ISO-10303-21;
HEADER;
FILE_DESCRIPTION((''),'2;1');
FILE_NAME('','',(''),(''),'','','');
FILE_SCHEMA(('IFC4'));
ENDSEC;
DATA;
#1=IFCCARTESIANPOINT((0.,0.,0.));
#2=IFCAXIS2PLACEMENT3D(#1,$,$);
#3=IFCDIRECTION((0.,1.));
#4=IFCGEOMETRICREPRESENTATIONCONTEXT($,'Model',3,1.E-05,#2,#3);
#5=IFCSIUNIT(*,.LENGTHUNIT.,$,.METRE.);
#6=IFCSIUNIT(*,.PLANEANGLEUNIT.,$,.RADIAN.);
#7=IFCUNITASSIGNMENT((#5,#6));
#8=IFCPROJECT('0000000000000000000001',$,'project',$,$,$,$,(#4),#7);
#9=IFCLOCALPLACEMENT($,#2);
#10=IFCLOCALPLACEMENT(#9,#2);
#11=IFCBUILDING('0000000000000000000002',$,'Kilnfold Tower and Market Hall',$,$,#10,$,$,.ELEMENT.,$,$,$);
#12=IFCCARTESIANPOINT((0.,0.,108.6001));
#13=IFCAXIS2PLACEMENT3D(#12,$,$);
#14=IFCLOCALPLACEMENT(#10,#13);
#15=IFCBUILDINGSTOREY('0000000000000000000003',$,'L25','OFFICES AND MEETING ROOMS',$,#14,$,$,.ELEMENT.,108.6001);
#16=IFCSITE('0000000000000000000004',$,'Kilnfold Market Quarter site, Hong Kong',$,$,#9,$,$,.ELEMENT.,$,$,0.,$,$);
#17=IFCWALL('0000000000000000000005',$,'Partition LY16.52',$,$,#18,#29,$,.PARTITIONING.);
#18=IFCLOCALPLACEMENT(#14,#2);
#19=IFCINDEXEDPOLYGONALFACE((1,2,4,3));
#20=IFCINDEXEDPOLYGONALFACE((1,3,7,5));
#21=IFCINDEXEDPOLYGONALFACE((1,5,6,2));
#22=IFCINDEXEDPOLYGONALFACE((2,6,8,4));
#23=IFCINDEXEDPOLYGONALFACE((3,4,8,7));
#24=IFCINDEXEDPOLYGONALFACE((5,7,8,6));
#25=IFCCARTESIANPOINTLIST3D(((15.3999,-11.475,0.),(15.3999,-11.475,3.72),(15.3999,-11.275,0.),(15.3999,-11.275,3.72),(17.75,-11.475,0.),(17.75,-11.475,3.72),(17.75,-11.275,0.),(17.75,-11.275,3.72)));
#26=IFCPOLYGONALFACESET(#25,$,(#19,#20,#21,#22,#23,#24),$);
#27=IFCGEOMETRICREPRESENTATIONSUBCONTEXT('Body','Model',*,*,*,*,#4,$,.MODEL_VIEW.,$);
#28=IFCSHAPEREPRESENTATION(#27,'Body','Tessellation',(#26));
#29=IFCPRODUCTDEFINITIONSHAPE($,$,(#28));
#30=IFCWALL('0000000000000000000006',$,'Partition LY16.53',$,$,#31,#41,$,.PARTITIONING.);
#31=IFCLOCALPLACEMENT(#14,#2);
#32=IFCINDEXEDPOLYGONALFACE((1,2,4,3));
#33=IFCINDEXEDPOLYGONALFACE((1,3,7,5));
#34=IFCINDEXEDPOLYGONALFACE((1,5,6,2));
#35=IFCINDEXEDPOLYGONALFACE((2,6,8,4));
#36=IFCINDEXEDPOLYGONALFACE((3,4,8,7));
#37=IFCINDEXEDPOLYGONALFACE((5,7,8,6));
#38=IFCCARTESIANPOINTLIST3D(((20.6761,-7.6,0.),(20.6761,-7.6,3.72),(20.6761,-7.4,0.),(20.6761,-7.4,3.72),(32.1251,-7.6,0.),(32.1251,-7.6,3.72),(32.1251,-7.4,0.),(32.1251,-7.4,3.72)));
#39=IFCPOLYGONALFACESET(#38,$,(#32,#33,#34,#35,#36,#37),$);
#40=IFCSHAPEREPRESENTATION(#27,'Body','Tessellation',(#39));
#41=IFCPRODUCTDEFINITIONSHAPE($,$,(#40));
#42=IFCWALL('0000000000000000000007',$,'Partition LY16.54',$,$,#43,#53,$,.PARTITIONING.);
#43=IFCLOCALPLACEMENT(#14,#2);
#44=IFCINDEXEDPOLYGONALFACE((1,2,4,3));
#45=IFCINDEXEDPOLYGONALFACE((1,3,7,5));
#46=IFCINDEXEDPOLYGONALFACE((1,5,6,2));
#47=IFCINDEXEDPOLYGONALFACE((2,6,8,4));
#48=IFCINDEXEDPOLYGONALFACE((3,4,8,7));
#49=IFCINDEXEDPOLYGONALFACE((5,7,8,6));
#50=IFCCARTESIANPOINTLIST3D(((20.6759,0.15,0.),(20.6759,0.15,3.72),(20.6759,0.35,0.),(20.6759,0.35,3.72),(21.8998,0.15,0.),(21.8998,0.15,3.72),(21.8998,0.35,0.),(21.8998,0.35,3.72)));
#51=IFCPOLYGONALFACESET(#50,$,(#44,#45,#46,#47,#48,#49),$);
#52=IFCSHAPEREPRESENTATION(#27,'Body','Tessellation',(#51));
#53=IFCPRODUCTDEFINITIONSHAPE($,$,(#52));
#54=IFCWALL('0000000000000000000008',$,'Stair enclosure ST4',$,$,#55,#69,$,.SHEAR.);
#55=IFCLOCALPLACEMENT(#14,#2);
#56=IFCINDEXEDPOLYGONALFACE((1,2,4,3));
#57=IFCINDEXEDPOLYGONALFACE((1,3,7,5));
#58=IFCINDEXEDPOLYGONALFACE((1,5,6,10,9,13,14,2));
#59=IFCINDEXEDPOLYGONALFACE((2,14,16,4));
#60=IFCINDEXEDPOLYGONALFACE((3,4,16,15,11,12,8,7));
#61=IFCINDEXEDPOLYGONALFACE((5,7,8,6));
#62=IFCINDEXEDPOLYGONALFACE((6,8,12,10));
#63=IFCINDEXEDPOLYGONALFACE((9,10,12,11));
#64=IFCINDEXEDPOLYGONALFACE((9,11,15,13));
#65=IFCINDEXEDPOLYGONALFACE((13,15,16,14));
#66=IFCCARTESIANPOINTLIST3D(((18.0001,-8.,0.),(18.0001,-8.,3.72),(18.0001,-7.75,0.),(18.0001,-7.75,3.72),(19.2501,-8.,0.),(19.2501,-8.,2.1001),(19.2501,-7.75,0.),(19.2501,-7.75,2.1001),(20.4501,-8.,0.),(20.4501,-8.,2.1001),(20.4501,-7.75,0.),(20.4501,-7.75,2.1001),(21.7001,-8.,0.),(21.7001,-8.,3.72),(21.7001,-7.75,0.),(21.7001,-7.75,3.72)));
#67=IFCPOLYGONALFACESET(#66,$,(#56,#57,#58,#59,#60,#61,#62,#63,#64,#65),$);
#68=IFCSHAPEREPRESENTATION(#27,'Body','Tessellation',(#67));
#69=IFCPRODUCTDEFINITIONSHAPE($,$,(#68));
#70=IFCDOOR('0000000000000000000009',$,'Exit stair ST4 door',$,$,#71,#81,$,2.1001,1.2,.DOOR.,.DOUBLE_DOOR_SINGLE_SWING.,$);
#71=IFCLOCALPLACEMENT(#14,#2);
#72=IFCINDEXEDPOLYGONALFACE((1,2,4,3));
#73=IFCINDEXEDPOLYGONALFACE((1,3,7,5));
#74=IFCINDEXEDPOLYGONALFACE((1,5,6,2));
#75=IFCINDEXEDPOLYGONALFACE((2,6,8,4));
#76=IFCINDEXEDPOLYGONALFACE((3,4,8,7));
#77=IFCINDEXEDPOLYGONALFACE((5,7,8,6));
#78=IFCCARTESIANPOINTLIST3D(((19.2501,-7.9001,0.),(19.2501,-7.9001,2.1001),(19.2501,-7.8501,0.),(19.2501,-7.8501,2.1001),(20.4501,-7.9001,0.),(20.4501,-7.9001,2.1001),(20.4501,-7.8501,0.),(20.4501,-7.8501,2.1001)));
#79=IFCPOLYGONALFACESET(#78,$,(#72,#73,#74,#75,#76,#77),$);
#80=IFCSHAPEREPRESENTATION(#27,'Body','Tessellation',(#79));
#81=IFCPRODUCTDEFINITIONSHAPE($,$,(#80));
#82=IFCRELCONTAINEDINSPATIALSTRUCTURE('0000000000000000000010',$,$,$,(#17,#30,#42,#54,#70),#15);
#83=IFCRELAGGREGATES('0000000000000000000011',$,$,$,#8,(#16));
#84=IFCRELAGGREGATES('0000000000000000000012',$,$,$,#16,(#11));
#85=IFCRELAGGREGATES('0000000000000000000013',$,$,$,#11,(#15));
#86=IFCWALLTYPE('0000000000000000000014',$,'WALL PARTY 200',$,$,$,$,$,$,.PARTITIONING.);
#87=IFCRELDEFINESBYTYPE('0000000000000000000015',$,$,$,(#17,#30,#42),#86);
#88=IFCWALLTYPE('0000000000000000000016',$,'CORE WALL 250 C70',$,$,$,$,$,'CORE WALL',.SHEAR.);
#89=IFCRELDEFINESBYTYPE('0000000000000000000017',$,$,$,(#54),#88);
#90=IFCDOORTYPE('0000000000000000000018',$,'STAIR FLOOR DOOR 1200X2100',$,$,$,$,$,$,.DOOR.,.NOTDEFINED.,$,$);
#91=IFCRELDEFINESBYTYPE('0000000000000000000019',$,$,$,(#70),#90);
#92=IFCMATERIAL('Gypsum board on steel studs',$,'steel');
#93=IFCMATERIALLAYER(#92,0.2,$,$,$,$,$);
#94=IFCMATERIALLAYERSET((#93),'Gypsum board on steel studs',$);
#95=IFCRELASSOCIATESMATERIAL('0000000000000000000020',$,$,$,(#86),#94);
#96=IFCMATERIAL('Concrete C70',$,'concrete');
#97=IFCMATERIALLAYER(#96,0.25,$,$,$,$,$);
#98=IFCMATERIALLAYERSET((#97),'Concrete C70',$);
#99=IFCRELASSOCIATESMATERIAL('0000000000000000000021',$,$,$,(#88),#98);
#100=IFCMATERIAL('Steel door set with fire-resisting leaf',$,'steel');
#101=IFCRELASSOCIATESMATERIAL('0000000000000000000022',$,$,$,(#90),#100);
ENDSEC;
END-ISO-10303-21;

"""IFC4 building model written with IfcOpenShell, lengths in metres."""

from ifc_helpers import new_model, si_unit, direction, frame, frame_2d, origin, place, context, subcontext, project, spatial, rectangle, extrude, source, transform, mapped, material, layer, layer_set, type_object, element, fill, save


model = new_model("IFC4")

# Units and contexts
model_context = context("Model", 3, precision=1e-05, world=origin(), true_north=direction((0.0, 1.0)))
body_context = subcontext(model_context, "Body", "Model", "MODEL_VIEW")
ifc_project = project(units=[si_unit("LENGTHUNIT", "METRE"), si_unit("PLANEANGLEUNIT", "RADIAN")], contexts=[model_context])

# Site, building, storey
site_placement = place(None, origin())
site = spatial("IfcSite", under=ifc_project, at=site_placement, Name="Kilnfold Market Quarter site, Hong Kong", CompositionType="ELEMENT", RefElevation=0.0)
building_placement = place(site_placement, origin())
building = spatial("IfcBuilding", under=site, at=building_placement, Name="Kilnfold Tower and Market Hall", CompositionType="ELEMENT")
storey_placement = place(building_placement, frame((0.0, 0.0, 108.6001)))
storey = spatial("IfcBuildingStorey", under=building, at=storey_placement, Name="L25", Description="OFFICES AND MEETING ROOMS", CompositionType="ELEMENT", Elevation=108.6001)

# Walls
ifc_material_1 = material(Name="Gypsum board on steel studs", Category="steel")
ifc_layer_1 = layer(ifc_material_1, 0.2)
ifc_layer_set_1 = layer_set([ifc_layer_1], Name="Gypsum board on steel studs")
wall_type_1 = type_object("IfcWallType", Name="WALL PARTY 200", PredefinedType="PARTITIONING", material=ifc_layer_set_1)
wall_1_placement = place(storey_placement, frame((17.75, -11.375, 0.0), z_axis=(0.0, 0.0, 1.0), x_axis=(-1.0, 0.0, 0.0)))
element("IfcWall", 1, at=wall_1_placement, inside=storey, type_object=wall_type_1, Name="Partition LY16.52", PredefinedType="PARTITIONING", context=body_context, shape_type="SweptSolid", body=[
    extrude(rectangle(XDim=2.3501, YDim=0.2, at=frame_2d((1.175, 0.0))), origin(), (0.0, 0.0, 1.0), 3.72),
])
wall_2_placement = place(storey_placement, frame((20.676, -7.5, 0.0), z_axis=(0.0, 0.0, 1.0), x_axis=(1.0, 0.0, 0.0)))
element("IfcWall", 2, at=wall_2_placement, inside=storey, type_object=wall_type_1, Name="Partition LY16.53", PredefinedType="PARTITIONING", context=body_context, shape_type="SweptSolid", body=[
    extrude(rectangle(XDim=11.449, YDim=0.2, at=frame_2d((5.7246, 0.0))), origin(), (0.0, 0.0, 1.0), 3.72),
])
wall_3_placement = place(storey_placement, frame((20.676, 0.25, 0.0), z_axis=(0.0, 0.0, 1.0), x_axis=(1.0, 0.0, 0.0)))
element("IfcWall", 3, at=wall_3_placement, inside=storey, type_object=wall_type_1, Name="Partition LY16.54", PredefinedType="PARTITIONING", context=body_context, shape_type="SweptSolid", body=[
    extrude(rectangle(XDim=1.2239, YDim=0.2, at=frame_2d((0.6118, 0.0))), origin(), (0.0, 0.0, 1.0), 3.72),
])

# Wall, opening, door
ifc_material_2 = material(Name="Concrete C70", Category="concrete")
ifc_layer_2 = layer(ifc_material_2, 0.25)
ifc_layer_set_2 = layer_set([ifc_layer_2], Name="Concrete C70")
wall_type_2 = type_object("IfcWallType", Name="CORE WALL 250 C70", ElementType="CORE WALL", PredefinedType="SHEAR", material=ifc_layer_set_2)
shared_shape_1 = source(origin(), body_context, "Body", "SweptSolid", [
    extrude(rectangle(XDim=3.7, YDim=0.25, at=frame_2d((1.8501, 0.0))), origin(), (0.0, 0.0, 1.0), 3.72),
])
wall_4_placement = place(storey_placement, frame((18.0, -7.875, 0.0), z_axis=(0.0, 0.0, 1.0), x_axis=(1.0, 0.0, 0.0)))
wall_4 = element("IfcWall", 4, at=wall_4_placement, inside=storey, type_object=wall_type_2, Name="Stair enclosure ST4", PredefinedType="SHEAR", context=body_context, shape_type="MappedRepresentation", body=[
    mapped(shared_shape_1, transform((0.0, 0.0, 0.0))),
])
opening_1_placement = place(wall_4_placement, frame((1.25, 0.0, 0.0)))
opening_1 = element("IfcOpeningElement", 5, at=opening_1_placement, cuts=wall_4, PredefinedType="OPENING", context=body_context, shape_type="SweptSolid", body=[
    extrude(rectangle(XDim=1.2, YDim=2.1001, at=frame_2d((0.6001, 1.05))), frame((0.0, 0.135, 0.0), z_axis=(0.0, -1.0, 0.0), x_axis=(1.0, 0.0, 0.0)), (0.0, 0.0, 1.0), 0.27),
])
ifc_material_3 = material(Name="Steel door set with fire-resisting leaf", Category="steel")
door_type_1 = type_object("IfcDoorType", Name="STAIR FLOOR DOOR 1200X2100", OperationType="NOTDEFINED", PredefinedType="DOOR", material=ifc_material_3)
door_1_placement = place(opening_1_placement, origin())
door_1 = element("IfcDoor", 6, at=door_1_placement, inside=storey, type_object=door_type_1, Name="Exit stair ST4 door", OperationType="DOUBLE_DOOR_SINGLE_SWING", OverallHeight=2.1001, OverallWidth=1.2, PredefinedType="DOOR", context=body_context, shape_type="SweptSolid", body=[
    extrude(rectangle(XDim=1.2, YDim=2.1001, at=frame_2d((0.6001, 1.05))), frame((0.0, 0.0249, 0.0), z_axis=(0.0, -1.0, 0.0), x_axis=(1.0, 0.0, 0.0)), (0.0, 0.0, 1.0), 0.05),
])
fill(opening_1, door_1)

save(model, "model.ifc")
